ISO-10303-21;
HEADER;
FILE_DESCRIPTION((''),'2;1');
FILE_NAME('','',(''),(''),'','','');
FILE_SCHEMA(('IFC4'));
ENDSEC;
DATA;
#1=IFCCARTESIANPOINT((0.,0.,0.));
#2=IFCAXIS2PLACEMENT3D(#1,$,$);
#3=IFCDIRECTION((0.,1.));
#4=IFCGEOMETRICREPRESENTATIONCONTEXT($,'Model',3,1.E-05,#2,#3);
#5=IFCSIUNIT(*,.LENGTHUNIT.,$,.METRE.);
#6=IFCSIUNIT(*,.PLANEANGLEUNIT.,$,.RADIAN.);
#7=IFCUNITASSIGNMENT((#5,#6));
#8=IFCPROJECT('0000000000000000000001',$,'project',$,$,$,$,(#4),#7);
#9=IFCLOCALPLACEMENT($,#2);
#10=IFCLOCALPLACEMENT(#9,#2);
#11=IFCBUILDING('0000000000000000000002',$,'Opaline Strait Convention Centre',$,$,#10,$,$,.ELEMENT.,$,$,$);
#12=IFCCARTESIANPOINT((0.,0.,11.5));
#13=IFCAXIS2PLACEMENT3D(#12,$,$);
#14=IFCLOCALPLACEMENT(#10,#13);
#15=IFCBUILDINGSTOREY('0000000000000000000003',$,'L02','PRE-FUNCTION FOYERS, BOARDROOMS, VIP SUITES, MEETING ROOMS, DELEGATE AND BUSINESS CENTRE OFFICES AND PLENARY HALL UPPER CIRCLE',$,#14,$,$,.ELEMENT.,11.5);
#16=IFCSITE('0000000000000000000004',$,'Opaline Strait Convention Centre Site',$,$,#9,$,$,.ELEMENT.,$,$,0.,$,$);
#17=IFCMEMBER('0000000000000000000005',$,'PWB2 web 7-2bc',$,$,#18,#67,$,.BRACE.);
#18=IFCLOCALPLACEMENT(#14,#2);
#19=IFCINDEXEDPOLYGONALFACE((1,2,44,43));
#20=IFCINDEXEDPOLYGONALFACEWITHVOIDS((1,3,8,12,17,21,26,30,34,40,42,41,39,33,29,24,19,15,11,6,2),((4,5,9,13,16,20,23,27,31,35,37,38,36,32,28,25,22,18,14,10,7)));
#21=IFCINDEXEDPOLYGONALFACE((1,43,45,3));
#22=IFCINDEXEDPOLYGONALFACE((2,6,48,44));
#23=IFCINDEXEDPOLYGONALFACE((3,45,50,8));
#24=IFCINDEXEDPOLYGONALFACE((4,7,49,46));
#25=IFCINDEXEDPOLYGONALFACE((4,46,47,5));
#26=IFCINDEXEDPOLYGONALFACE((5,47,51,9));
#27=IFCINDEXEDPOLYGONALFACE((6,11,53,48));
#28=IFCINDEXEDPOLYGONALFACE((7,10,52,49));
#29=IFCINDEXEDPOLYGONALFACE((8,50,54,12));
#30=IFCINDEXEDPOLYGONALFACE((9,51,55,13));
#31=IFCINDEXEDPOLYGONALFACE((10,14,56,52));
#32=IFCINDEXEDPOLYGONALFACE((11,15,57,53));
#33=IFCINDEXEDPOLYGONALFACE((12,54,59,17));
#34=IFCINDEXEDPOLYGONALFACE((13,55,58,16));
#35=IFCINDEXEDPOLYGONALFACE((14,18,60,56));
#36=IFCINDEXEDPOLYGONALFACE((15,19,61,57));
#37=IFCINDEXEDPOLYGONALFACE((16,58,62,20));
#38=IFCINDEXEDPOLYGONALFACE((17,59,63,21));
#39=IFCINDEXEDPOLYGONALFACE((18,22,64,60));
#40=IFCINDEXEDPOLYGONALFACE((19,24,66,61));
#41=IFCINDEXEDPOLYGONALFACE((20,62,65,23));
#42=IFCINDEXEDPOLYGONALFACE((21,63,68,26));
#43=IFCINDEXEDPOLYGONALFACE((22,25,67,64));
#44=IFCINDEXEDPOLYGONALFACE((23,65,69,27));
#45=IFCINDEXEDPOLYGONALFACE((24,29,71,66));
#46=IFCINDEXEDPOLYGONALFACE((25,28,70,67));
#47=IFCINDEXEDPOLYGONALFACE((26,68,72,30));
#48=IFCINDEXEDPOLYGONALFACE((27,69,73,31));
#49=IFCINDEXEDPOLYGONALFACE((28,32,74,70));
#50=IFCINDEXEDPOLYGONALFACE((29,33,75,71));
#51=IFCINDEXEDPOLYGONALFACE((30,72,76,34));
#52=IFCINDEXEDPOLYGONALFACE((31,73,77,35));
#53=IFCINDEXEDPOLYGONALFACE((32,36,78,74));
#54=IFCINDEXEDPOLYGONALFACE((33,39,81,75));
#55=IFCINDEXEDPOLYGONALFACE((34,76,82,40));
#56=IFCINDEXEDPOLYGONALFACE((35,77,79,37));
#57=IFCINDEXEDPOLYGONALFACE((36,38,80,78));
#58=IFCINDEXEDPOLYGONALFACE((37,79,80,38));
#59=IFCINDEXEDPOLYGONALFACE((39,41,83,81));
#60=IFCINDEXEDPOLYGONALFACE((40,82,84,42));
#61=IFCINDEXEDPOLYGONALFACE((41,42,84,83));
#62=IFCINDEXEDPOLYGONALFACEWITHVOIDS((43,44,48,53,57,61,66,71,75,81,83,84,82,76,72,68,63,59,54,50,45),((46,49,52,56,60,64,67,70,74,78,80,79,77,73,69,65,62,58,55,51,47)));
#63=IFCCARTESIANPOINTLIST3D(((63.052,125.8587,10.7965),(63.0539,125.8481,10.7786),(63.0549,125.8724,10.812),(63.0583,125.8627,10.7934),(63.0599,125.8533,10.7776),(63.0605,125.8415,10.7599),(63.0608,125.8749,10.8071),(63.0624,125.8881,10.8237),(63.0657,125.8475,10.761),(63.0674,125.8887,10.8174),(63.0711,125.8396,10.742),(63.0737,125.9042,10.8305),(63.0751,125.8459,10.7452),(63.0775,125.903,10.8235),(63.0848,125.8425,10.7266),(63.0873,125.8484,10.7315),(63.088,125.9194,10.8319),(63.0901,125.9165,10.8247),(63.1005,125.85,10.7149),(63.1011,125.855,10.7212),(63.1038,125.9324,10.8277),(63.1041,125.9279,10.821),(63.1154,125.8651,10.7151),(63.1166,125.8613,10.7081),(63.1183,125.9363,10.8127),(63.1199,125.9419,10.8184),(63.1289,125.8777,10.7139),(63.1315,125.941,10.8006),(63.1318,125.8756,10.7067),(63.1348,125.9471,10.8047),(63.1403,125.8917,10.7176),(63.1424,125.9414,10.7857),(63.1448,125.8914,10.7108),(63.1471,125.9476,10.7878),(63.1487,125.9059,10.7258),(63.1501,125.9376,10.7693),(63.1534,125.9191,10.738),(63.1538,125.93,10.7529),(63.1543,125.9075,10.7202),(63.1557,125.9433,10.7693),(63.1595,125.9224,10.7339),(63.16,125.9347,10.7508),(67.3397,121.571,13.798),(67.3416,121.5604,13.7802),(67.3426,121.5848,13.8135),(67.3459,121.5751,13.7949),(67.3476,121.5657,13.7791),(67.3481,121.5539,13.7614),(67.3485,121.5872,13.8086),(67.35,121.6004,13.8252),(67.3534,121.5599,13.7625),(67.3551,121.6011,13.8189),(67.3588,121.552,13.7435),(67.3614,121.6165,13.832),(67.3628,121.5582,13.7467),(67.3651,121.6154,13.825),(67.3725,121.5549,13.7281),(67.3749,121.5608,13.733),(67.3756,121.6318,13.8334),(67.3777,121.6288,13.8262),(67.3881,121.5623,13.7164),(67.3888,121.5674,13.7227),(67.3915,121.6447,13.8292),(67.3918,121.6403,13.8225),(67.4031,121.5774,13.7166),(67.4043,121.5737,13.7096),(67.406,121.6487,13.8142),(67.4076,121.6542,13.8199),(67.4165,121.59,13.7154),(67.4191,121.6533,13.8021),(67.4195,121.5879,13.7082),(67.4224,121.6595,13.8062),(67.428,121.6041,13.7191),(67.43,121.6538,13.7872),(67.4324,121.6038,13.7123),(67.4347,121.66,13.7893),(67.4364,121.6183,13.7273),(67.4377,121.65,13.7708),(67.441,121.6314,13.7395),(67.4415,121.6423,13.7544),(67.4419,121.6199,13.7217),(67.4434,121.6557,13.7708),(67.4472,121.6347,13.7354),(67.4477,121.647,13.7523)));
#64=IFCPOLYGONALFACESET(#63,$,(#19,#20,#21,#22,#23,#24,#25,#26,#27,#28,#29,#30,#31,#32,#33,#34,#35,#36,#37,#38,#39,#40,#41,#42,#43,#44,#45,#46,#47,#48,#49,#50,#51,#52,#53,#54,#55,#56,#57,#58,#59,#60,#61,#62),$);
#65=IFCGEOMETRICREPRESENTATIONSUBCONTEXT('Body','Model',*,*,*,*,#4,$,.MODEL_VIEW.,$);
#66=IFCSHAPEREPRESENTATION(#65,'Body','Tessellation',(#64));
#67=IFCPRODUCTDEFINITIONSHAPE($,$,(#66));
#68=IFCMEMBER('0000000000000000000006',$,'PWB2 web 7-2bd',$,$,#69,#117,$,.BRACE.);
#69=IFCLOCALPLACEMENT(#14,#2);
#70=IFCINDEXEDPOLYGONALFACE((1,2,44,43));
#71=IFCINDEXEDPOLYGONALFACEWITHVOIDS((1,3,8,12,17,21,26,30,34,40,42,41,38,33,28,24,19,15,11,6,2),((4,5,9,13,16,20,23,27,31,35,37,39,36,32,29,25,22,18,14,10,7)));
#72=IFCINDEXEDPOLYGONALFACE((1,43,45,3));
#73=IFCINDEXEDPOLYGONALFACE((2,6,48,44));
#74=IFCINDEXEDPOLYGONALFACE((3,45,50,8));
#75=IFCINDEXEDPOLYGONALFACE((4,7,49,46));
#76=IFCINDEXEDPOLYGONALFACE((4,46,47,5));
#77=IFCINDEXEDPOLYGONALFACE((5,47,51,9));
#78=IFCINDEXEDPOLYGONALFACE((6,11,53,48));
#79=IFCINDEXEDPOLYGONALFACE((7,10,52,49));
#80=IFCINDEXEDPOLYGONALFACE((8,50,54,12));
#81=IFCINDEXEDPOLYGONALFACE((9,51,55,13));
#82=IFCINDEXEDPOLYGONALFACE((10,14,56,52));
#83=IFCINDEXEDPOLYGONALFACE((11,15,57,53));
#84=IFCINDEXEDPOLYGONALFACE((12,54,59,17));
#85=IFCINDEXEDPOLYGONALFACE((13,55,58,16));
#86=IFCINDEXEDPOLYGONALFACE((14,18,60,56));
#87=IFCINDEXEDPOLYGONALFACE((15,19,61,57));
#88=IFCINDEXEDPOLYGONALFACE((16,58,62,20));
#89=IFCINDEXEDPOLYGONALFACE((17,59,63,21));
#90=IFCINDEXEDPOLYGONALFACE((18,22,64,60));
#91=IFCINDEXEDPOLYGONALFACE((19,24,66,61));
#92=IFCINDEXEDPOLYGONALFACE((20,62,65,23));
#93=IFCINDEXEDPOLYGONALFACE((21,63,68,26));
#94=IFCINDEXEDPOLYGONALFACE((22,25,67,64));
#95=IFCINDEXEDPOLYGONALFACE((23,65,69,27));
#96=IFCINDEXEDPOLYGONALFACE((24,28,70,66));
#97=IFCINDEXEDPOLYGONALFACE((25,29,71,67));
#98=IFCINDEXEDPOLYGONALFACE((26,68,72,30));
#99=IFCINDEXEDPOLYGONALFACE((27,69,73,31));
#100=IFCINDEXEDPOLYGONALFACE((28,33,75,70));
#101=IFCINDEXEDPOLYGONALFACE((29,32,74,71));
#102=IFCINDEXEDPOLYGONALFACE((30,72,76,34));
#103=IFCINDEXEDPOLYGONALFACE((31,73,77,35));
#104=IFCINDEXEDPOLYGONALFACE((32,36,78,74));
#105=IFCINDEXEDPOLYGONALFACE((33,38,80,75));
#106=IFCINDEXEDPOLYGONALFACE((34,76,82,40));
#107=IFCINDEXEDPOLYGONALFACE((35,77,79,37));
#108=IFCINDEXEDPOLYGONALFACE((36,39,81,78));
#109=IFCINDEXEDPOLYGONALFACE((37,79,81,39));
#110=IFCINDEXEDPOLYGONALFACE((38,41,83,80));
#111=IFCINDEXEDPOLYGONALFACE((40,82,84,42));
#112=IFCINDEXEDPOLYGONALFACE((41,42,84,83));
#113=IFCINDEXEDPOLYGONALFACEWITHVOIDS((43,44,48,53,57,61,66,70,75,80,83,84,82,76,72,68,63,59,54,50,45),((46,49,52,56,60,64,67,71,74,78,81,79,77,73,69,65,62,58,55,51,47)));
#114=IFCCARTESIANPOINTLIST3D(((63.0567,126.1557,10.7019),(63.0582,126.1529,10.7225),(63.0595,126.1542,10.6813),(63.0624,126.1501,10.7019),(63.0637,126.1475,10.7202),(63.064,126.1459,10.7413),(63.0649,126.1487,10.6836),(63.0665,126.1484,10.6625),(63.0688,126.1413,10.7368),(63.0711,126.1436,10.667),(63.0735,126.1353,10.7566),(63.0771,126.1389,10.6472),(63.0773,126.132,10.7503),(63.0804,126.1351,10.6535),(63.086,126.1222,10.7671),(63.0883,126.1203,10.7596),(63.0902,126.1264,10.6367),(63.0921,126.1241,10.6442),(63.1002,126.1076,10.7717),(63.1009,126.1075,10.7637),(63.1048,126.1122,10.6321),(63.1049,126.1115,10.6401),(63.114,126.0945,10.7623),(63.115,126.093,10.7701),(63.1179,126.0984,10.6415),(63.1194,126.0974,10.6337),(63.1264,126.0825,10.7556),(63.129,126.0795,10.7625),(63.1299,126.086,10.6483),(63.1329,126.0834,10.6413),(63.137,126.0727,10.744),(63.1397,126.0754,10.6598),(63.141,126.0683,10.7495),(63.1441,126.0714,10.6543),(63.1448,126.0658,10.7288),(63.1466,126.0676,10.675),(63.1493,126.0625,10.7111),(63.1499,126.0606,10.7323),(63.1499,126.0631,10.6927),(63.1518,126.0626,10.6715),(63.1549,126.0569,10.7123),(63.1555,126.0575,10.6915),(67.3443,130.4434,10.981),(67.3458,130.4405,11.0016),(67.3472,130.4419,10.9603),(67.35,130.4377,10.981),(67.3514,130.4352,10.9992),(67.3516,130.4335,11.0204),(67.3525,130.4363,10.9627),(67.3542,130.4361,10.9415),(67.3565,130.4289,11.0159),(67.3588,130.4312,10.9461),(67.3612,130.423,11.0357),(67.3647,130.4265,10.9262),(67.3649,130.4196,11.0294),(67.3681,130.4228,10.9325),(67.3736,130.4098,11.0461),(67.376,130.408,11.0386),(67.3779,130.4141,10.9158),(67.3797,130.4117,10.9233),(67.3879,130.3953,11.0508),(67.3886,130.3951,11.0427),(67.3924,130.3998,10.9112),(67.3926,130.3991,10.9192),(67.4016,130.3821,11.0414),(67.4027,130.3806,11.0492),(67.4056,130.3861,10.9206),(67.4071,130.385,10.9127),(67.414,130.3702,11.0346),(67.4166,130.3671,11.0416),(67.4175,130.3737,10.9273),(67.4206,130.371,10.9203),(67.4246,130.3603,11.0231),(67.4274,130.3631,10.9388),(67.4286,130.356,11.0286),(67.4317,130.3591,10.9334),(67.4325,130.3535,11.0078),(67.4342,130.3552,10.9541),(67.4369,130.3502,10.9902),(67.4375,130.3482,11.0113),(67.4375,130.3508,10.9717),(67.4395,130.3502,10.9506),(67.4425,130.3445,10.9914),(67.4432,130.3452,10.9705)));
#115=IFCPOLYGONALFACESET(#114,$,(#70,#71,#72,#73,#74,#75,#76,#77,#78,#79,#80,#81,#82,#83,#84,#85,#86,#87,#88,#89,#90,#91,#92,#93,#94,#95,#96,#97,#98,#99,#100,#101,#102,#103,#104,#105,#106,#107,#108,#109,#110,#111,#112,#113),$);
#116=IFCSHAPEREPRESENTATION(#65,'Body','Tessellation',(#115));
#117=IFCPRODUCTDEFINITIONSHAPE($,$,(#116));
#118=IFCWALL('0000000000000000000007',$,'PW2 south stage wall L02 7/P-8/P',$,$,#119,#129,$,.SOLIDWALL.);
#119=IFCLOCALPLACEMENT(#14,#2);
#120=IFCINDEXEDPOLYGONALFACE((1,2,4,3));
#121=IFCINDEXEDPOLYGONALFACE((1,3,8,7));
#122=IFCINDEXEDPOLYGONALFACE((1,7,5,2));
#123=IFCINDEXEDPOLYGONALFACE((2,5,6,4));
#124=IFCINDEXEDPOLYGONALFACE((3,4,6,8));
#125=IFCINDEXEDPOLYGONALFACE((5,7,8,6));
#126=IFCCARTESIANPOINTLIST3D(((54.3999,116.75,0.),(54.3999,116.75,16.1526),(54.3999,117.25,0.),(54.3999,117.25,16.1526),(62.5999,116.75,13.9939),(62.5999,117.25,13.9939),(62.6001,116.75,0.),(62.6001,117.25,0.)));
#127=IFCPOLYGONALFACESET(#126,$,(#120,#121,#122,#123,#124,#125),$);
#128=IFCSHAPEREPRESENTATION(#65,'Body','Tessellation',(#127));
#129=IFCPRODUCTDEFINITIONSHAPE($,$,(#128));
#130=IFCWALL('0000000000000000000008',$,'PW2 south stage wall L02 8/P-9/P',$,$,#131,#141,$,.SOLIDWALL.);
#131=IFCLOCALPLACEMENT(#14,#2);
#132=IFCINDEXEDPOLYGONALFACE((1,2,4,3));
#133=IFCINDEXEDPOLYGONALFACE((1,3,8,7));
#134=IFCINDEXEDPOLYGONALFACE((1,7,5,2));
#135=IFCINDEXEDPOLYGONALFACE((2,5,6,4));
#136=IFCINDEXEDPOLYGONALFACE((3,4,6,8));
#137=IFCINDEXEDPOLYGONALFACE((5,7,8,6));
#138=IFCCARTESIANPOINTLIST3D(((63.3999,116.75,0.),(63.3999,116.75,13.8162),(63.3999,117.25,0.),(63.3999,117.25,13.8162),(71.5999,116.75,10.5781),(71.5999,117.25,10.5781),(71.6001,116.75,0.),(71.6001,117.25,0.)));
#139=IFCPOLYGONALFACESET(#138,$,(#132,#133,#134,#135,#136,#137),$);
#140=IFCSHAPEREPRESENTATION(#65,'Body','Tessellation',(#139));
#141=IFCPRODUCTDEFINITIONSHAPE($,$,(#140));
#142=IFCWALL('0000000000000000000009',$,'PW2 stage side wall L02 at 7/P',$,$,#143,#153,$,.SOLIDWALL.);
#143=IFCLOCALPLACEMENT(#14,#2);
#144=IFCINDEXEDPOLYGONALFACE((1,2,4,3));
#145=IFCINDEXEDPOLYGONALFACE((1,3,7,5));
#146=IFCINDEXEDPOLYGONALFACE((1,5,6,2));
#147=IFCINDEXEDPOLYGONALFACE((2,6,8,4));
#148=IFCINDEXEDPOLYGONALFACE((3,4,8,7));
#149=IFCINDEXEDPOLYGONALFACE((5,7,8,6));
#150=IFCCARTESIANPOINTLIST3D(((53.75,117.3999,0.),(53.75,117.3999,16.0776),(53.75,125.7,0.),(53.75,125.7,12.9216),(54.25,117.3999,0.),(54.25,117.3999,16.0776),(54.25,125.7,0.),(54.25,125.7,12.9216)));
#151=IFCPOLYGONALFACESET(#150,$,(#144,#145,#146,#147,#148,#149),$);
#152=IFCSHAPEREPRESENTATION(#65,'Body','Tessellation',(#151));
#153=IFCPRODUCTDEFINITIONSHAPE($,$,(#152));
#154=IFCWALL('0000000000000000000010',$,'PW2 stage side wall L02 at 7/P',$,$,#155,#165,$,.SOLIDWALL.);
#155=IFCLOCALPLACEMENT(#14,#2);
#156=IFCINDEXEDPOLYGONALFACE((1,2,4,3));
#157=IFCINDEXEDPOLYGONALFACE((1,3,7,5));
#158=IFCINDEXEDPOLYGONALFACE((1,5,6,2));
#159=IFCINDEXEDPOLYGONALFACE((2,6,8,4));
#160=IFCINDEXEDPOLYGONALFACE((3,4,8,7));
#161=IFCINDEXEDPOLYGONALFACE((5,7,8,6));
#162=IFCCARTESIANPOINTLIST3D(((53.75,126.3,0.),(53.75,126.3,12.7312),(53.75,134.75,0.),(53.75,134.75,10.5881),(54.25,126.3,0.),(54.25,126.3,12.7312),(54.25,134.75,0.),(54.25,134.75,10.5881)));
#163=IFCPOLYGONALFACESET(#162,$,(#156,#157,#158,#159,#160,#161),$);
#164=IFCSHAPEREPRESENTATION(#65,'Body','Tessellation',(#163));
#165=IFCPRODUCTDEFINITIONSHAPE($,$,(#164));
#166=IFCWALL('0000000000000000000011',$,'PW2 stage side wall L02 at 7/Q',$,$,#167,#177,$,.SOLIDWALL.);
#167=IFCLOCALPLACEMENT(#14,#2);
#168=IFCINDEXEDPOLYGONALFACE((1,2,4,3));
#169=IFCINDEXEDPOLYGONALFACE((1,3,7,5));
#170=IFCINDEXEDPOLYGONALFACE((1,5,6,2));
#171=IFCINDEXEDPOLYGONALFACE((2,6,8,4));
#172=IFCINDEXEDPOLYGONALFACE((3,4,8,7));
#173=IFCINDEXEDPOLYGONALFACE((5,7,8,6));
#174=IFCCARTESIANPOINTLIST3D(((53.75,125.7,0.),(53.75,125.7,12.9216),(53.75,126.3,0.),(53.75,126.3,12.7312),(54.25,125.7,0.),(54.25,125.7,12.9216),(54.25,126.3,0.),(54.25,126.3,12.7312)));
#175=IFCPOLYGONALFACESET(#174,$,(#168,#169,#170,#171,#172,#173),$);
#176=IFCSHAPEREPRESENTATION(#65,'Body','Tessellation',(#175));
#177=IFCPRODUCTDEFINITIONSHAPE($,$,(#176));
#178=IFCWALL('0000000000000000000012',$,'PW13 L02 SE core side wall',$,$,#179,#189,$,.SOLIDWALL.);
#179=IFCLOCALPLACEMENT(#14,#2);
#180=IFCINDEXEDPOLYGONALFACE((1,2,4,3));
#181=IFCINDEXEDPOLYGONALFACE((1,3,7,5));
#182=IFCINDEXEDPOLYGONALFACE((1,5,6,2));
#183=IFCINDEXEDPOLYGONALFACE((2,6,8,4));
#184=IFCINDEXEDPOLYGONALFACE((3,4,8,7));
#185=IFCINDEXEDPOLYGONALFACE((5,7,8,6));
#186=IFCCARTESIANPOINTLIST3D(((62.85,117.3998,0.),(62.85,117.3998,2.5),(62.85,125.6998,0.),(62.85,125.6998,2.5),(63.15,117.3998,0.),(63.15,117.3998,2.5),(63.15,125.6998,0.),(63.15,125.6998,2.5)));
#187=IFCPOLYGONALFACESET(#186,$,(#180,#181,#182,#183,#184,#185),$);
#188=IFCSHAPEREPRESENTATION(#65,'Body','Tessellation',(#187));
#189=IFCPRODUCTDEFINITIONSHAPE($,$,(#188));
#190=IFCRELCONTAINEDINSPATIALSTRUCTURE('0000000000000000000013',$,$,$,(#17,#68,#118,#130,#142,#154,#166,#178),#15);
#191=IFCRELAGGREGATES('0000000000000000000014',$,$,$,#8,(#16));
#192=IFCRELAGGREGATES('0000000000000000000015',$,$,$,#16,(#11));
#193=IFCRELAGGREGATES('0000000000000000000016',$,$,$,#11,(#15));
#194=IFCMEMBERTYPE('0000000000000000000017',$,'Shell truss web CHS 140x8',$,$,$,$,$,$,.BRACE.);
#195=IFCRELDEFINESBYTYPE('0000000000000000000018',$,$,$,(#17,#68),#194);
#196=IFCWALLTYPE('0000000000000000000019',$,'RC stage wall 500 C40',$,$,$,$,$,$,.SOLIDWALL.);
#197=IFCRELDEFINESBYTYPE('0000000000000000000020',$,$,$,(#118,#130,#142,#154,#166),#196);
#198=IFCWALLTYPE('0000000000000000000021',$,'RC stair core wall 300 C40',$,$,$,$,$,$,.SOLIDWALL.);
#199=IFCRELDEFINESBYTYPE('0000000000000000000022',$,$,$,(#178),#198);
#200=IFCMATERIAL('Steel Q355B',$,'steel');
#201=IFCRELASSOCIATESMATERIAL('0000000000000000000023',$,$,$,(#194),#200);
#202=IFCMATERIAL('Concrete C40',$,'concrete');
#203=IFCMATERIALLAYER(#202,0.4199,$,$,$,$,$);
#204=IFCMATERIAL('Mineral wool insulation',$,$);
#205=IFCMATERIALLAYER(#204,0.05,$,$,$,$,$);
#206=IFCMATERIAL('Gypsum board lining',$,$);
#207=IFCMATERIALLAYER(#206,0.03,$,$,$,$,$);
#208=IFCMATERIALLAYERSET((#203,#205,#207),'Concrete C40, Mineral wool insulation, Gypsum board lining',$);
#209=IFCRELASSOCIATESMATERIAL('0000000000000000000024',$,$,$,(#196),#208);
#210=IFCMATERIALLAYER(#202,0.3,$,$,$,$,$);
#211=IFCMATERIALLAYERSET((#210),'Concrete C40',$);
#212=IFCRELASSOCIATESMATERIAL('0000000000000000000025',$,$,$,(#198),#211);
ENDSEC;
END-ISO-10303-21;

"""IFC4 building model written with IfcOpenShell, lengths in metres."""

from ifc_helpers import new_model, si_unit, direction, frame, frame_2d, origin, origin_2d, place, context, subcontext, project, spatial, polyline, rectangle, hollow_circle, outline, extrude, material, layer, layer_set, material_profile, profile_set, type_object, element, save


model = new_model("IFC4")

# Units and contexts
model_context = context("Model", 3, precision=1e-05, world=origin(), true_north=direction((0.0, 1.0)))
body_context = subcontext(model_context, "Body", "Model", "MODEL_VIEW")
ifc_project = project(units=[si_unit("LENGTHUNIT", "METRE"), si_unit("PLANEANGLEUNIT", "RADIAN")], contexts=[model_context])

# Site, building, storey
site_placement = place(None, origin())
site = spatial("IfcSite", under=ifc_project, at=site_placement, Name="Opaline Strait Convention Centre Site", CompositionType="ELEMENT", RefElevation=0.0)
building_placement = place(site_placement, origin())
building = spatial("IfcBuilding", under=site, at=building_placement, Name="Opaline Strait Convention Centre", CompositionType="ELEMENT")
storey_placement = place(building_placement, frame((0.0, 0.0, 11.5)))
storey = spatial("IfcBuildingStorey", under=building, at=storey_placement, Name="L02", Description="PRE-FUNCTION FOYERS, BOARDROOMS, VIP SUITES, MEETING ROOMS, DELEGATE AND BUSINESS CENTRE OFFICES AND PLENARY HALL UPPER CIRCLE", CompositionType="ELEMENT", Elevation=11.5)

# Shared definitions
ifc_material_1 = material(Name="Concrete C40", Category="concrete")

# Members
ifc_material_2 = material(Name="Steel Q355B", Category="steel")
ifc_material_profile_1 = material_profile(ifc_material_2, hollow_circle(Radius=0.0701, WallThickness=0.0081, at=origin_2d()), Name="CHS 140x8")
ifc_profile_set_1 = profile_set([ifc_material_profile_1], Name="Steel Q355B")
member_type_1 = type_object("IfcMemberType", Name="Shell truss web CHS 140x8", PredefinedType="BRACE", material=ifc_profile_set_1)
for number, where, z_axis, x_axis, name in (
    (1, (63.1062, 125.8938, 10.7693), (0.633718, -0.633718, 0.443624), (0.707107, 0.707107, 0.0), "PWB2 web 7-2bc"),
):
    element("IfcMember", number, at=place(storey_placement, frame(where, z_axis=z_axis, x_axis=x_axis)), inside=storey, type_object=member_type_1, Name=name, PredefinedType="BRACE", context=body_context, shape_type="SweptSolid", body=[
        extrude(hollow_circle(Radius=0.0701, WallThickness=0.0081, at=origin_2d()), origin(), (0.0, 0.0, 1.0), 6.7659),
    ])
member_1_placement = place(storey_placement, frame((63.1062, 126.1062, 10.7019), z_axis=(0.706359, 0.706359, 0.045972), x_axis=(-0.707107, 0.707107, 0.0)))
element("IfcMember", 2, at=member_1_placement, inside=storey, type_object=member_type_1, Name="PWB2 web 7-2bd", PredefinedType="BRACE", context=body_context, shape_type="SweptSolid", body=[
    extrude(hollow_circle(Radius=0.0701, WallThickness=0.0081, at=origin_2d()), origin(), (0.0, 0.0, 1.0), 6.0701),
])

# Walls
ifc_layer_1 = layer(ifc_material_1, 0.4199)
ifc_material_3 = material(Name="Mineral wool insulation")
ifc_layer_2 = layer(ifc_material_3, 0.05)
ifc_material_4 = material(Name="Gypsum board lining")
ifc_layer_3 = layer(ifc_material_4, 0.03)
ifc_layer_set_1 = layer_set([ifc_layer_1, ifc_layer_2, ifc_layer_3], Name="Concrete C40, Mineral wool insulation, Gypsum board lining")
wall_type_1 = type_object("IfcWallType", Name="RC stage wall 500 C40", PredefinedType="SOLIDWALL", material=ifc_layer_set_1)
wall_1_placement = place(storey_placement, frame((54.3999, 117.0, 0.0), z_axis=(0.0, 0.0, 1.0), x_axis=(1.0, 0.0, 0.0)))
element("IfcWall", 3, at=wall_1_placement, inside=storey, type_object=wall_type_1, Name="PW2 south stage wall L02 7/P-8/P", PredefinedType="SOLIDWALL", context=body_context, shape_type="SweptSolid", body=[
    extrude(outline(polyline([(0.0, 0.0), (8.2002, 0.0), (8.2, 13.9939), (0.0, 16.1526), (0.0, 0.0)])), frame((0.0, 0.25, 0.0), z_axis=(0.0, -1.0, 0.0), x_axis=(1.0, 0.0, 0.0)), (0.0, 0.0, 1.0), 0.5),
])
wall_2_placement = place(storey_placement, frame((63.3999, 117.0, 0.0), z_axis=(0.0, 0.0, 1.0), x_axis=(1.0, 0.0, 0.0)))
element("IfcWall", 4, at=wall_2_placement, inside=storey, type_object=wall_type_1, Name="PW2 south stage wall L02 8/P-9/P", PredefinedType="SOLIDWALL", context=body_context, shape_type="SweptSolid", body=[
    extrude(outline(polyline([(0.0, 0.0), (8.2002, 0.0), (8.2, 10.5781), (0.0, 13.8162), (0.0, 0.0)])), frame((0.0, 0.25, 0.0), z_axis=(0.0, -1.0, 0.0), x_axis=(1.0, 0.0, 0.0)), (0.0, 0.0, 1.0), 0.5),
])
wall_3_placement = place(storey_placement, frame((54.0, 117.3999, 0.0), z_axis=(0.0, 0.0, 1.0), x_axis=(0.0, 1.0, 0.0)))
element("IfcWall", 5, at=wall_3_placement, inside=storey, type_object=wall_type_1, Name="PW2 stage side wall L02 at 7/P", PredefinedType="SOLIDWALL", context=body_context, shape_type="SweptSolid", body=[
    extrude(outline(polyline([(0.0, 0.0), (8.3, 0.0), (8.3, 12.9216), (0.0, 16.0776), (0.0, 0.0)])), frame((0.0, 0.25, 0.0), z_axis=(0.0, -1.0, 0.0), x_axis=(1.0, 0.0, 0.0)), (0.0, 0.0, 1.0), 0.5),
])
wall_4_placement = place(storey_placement, frame((54.0, 126.3, 0.0), z_axis=(0.0, 0.0, 1.0), x_axis=(0.0, 1.0, 0.0)))
element("IfcWall", 6, at=wall_4_placement, inside=storey, type_object=wall_type_1, Name="PW2 stage side wall L02 at 7/P", PredefinedType="SOLIDWALL", context=body_context, shape_type="SweptSolid", body=[
    extrude(outline(polyline([(0.0, 0.0), (8.45, 0.0), (8.45, 10.5881), (0.0, 12.7312), (0.0, 0.0)])), frame((0.0, 0.25, 0.0), z_axis=(0.0, -1.0, 0.0), x_axis=(1.0, 0.0, 0.0)), (0.0, 0.0, 1.0), 0.5),
])
wall_5_placement = place(storey_placement, frame((54.0, 125.7, 0.0), z_axis=(0.0, 0.0, 1.0), x_axis=(0.0, 1.0, 0.0)))
element("IfcWall", 7, at=wall_5_placement, inside=storey, type_object=wall_type_1, Name="PW2 stage side wall L02 at 7/Q", PredefinedType="SOLIDWALL", context=body_context, shape_type="SweptSolid", body=[
    extrude(outline(polyline([(0.0, 0.0), (0.6001, 0.0), (0.6001, 12.7312), (0.0, 12.9216), (0.0, 0.0)])), frame((0.0, 0.25, 0.0), z_axis=(0.0, -1.0, 0.0), x_axis=(1.0, 0.0, 0.0)), (0.0, 0.0, 1.0), 0.5),
])
ifc_layer_4 = layer(ifc_material_1, 0.3)
ifc_layer_set_2 = layer_set([ifc_layer_4], Name="Concrete C40")
wall_type_2 = type_object("IfcWallType", Name="RC stair core wall 300 C40", PredefinedType="SOLIDWALL", material=ifc_layer_set_2)
wall_6_placement = place(storey_placement, frame((63.0, 117.3999, 0.0), z_axis=(0.0, 0.0, 1.0), x_axis=(0.0, 1.0, 0.0)))
element("IfcWall", 8, at=wall_6_placement, inside=storey, type_object=wall_type_2, Name="PW13 L02 SE core side wall", PredefinedType="SOLIDWALL", context=body_context, shape_type="SweptSolid", body=[
    extrude(rectangle(XDim=8.3, YDim=0.3, at=frame_2d((4.1499, 0.0))), origin(), (0.0, 0.0, 1.0), 2.5),
])

save(model, "model.ifc")
